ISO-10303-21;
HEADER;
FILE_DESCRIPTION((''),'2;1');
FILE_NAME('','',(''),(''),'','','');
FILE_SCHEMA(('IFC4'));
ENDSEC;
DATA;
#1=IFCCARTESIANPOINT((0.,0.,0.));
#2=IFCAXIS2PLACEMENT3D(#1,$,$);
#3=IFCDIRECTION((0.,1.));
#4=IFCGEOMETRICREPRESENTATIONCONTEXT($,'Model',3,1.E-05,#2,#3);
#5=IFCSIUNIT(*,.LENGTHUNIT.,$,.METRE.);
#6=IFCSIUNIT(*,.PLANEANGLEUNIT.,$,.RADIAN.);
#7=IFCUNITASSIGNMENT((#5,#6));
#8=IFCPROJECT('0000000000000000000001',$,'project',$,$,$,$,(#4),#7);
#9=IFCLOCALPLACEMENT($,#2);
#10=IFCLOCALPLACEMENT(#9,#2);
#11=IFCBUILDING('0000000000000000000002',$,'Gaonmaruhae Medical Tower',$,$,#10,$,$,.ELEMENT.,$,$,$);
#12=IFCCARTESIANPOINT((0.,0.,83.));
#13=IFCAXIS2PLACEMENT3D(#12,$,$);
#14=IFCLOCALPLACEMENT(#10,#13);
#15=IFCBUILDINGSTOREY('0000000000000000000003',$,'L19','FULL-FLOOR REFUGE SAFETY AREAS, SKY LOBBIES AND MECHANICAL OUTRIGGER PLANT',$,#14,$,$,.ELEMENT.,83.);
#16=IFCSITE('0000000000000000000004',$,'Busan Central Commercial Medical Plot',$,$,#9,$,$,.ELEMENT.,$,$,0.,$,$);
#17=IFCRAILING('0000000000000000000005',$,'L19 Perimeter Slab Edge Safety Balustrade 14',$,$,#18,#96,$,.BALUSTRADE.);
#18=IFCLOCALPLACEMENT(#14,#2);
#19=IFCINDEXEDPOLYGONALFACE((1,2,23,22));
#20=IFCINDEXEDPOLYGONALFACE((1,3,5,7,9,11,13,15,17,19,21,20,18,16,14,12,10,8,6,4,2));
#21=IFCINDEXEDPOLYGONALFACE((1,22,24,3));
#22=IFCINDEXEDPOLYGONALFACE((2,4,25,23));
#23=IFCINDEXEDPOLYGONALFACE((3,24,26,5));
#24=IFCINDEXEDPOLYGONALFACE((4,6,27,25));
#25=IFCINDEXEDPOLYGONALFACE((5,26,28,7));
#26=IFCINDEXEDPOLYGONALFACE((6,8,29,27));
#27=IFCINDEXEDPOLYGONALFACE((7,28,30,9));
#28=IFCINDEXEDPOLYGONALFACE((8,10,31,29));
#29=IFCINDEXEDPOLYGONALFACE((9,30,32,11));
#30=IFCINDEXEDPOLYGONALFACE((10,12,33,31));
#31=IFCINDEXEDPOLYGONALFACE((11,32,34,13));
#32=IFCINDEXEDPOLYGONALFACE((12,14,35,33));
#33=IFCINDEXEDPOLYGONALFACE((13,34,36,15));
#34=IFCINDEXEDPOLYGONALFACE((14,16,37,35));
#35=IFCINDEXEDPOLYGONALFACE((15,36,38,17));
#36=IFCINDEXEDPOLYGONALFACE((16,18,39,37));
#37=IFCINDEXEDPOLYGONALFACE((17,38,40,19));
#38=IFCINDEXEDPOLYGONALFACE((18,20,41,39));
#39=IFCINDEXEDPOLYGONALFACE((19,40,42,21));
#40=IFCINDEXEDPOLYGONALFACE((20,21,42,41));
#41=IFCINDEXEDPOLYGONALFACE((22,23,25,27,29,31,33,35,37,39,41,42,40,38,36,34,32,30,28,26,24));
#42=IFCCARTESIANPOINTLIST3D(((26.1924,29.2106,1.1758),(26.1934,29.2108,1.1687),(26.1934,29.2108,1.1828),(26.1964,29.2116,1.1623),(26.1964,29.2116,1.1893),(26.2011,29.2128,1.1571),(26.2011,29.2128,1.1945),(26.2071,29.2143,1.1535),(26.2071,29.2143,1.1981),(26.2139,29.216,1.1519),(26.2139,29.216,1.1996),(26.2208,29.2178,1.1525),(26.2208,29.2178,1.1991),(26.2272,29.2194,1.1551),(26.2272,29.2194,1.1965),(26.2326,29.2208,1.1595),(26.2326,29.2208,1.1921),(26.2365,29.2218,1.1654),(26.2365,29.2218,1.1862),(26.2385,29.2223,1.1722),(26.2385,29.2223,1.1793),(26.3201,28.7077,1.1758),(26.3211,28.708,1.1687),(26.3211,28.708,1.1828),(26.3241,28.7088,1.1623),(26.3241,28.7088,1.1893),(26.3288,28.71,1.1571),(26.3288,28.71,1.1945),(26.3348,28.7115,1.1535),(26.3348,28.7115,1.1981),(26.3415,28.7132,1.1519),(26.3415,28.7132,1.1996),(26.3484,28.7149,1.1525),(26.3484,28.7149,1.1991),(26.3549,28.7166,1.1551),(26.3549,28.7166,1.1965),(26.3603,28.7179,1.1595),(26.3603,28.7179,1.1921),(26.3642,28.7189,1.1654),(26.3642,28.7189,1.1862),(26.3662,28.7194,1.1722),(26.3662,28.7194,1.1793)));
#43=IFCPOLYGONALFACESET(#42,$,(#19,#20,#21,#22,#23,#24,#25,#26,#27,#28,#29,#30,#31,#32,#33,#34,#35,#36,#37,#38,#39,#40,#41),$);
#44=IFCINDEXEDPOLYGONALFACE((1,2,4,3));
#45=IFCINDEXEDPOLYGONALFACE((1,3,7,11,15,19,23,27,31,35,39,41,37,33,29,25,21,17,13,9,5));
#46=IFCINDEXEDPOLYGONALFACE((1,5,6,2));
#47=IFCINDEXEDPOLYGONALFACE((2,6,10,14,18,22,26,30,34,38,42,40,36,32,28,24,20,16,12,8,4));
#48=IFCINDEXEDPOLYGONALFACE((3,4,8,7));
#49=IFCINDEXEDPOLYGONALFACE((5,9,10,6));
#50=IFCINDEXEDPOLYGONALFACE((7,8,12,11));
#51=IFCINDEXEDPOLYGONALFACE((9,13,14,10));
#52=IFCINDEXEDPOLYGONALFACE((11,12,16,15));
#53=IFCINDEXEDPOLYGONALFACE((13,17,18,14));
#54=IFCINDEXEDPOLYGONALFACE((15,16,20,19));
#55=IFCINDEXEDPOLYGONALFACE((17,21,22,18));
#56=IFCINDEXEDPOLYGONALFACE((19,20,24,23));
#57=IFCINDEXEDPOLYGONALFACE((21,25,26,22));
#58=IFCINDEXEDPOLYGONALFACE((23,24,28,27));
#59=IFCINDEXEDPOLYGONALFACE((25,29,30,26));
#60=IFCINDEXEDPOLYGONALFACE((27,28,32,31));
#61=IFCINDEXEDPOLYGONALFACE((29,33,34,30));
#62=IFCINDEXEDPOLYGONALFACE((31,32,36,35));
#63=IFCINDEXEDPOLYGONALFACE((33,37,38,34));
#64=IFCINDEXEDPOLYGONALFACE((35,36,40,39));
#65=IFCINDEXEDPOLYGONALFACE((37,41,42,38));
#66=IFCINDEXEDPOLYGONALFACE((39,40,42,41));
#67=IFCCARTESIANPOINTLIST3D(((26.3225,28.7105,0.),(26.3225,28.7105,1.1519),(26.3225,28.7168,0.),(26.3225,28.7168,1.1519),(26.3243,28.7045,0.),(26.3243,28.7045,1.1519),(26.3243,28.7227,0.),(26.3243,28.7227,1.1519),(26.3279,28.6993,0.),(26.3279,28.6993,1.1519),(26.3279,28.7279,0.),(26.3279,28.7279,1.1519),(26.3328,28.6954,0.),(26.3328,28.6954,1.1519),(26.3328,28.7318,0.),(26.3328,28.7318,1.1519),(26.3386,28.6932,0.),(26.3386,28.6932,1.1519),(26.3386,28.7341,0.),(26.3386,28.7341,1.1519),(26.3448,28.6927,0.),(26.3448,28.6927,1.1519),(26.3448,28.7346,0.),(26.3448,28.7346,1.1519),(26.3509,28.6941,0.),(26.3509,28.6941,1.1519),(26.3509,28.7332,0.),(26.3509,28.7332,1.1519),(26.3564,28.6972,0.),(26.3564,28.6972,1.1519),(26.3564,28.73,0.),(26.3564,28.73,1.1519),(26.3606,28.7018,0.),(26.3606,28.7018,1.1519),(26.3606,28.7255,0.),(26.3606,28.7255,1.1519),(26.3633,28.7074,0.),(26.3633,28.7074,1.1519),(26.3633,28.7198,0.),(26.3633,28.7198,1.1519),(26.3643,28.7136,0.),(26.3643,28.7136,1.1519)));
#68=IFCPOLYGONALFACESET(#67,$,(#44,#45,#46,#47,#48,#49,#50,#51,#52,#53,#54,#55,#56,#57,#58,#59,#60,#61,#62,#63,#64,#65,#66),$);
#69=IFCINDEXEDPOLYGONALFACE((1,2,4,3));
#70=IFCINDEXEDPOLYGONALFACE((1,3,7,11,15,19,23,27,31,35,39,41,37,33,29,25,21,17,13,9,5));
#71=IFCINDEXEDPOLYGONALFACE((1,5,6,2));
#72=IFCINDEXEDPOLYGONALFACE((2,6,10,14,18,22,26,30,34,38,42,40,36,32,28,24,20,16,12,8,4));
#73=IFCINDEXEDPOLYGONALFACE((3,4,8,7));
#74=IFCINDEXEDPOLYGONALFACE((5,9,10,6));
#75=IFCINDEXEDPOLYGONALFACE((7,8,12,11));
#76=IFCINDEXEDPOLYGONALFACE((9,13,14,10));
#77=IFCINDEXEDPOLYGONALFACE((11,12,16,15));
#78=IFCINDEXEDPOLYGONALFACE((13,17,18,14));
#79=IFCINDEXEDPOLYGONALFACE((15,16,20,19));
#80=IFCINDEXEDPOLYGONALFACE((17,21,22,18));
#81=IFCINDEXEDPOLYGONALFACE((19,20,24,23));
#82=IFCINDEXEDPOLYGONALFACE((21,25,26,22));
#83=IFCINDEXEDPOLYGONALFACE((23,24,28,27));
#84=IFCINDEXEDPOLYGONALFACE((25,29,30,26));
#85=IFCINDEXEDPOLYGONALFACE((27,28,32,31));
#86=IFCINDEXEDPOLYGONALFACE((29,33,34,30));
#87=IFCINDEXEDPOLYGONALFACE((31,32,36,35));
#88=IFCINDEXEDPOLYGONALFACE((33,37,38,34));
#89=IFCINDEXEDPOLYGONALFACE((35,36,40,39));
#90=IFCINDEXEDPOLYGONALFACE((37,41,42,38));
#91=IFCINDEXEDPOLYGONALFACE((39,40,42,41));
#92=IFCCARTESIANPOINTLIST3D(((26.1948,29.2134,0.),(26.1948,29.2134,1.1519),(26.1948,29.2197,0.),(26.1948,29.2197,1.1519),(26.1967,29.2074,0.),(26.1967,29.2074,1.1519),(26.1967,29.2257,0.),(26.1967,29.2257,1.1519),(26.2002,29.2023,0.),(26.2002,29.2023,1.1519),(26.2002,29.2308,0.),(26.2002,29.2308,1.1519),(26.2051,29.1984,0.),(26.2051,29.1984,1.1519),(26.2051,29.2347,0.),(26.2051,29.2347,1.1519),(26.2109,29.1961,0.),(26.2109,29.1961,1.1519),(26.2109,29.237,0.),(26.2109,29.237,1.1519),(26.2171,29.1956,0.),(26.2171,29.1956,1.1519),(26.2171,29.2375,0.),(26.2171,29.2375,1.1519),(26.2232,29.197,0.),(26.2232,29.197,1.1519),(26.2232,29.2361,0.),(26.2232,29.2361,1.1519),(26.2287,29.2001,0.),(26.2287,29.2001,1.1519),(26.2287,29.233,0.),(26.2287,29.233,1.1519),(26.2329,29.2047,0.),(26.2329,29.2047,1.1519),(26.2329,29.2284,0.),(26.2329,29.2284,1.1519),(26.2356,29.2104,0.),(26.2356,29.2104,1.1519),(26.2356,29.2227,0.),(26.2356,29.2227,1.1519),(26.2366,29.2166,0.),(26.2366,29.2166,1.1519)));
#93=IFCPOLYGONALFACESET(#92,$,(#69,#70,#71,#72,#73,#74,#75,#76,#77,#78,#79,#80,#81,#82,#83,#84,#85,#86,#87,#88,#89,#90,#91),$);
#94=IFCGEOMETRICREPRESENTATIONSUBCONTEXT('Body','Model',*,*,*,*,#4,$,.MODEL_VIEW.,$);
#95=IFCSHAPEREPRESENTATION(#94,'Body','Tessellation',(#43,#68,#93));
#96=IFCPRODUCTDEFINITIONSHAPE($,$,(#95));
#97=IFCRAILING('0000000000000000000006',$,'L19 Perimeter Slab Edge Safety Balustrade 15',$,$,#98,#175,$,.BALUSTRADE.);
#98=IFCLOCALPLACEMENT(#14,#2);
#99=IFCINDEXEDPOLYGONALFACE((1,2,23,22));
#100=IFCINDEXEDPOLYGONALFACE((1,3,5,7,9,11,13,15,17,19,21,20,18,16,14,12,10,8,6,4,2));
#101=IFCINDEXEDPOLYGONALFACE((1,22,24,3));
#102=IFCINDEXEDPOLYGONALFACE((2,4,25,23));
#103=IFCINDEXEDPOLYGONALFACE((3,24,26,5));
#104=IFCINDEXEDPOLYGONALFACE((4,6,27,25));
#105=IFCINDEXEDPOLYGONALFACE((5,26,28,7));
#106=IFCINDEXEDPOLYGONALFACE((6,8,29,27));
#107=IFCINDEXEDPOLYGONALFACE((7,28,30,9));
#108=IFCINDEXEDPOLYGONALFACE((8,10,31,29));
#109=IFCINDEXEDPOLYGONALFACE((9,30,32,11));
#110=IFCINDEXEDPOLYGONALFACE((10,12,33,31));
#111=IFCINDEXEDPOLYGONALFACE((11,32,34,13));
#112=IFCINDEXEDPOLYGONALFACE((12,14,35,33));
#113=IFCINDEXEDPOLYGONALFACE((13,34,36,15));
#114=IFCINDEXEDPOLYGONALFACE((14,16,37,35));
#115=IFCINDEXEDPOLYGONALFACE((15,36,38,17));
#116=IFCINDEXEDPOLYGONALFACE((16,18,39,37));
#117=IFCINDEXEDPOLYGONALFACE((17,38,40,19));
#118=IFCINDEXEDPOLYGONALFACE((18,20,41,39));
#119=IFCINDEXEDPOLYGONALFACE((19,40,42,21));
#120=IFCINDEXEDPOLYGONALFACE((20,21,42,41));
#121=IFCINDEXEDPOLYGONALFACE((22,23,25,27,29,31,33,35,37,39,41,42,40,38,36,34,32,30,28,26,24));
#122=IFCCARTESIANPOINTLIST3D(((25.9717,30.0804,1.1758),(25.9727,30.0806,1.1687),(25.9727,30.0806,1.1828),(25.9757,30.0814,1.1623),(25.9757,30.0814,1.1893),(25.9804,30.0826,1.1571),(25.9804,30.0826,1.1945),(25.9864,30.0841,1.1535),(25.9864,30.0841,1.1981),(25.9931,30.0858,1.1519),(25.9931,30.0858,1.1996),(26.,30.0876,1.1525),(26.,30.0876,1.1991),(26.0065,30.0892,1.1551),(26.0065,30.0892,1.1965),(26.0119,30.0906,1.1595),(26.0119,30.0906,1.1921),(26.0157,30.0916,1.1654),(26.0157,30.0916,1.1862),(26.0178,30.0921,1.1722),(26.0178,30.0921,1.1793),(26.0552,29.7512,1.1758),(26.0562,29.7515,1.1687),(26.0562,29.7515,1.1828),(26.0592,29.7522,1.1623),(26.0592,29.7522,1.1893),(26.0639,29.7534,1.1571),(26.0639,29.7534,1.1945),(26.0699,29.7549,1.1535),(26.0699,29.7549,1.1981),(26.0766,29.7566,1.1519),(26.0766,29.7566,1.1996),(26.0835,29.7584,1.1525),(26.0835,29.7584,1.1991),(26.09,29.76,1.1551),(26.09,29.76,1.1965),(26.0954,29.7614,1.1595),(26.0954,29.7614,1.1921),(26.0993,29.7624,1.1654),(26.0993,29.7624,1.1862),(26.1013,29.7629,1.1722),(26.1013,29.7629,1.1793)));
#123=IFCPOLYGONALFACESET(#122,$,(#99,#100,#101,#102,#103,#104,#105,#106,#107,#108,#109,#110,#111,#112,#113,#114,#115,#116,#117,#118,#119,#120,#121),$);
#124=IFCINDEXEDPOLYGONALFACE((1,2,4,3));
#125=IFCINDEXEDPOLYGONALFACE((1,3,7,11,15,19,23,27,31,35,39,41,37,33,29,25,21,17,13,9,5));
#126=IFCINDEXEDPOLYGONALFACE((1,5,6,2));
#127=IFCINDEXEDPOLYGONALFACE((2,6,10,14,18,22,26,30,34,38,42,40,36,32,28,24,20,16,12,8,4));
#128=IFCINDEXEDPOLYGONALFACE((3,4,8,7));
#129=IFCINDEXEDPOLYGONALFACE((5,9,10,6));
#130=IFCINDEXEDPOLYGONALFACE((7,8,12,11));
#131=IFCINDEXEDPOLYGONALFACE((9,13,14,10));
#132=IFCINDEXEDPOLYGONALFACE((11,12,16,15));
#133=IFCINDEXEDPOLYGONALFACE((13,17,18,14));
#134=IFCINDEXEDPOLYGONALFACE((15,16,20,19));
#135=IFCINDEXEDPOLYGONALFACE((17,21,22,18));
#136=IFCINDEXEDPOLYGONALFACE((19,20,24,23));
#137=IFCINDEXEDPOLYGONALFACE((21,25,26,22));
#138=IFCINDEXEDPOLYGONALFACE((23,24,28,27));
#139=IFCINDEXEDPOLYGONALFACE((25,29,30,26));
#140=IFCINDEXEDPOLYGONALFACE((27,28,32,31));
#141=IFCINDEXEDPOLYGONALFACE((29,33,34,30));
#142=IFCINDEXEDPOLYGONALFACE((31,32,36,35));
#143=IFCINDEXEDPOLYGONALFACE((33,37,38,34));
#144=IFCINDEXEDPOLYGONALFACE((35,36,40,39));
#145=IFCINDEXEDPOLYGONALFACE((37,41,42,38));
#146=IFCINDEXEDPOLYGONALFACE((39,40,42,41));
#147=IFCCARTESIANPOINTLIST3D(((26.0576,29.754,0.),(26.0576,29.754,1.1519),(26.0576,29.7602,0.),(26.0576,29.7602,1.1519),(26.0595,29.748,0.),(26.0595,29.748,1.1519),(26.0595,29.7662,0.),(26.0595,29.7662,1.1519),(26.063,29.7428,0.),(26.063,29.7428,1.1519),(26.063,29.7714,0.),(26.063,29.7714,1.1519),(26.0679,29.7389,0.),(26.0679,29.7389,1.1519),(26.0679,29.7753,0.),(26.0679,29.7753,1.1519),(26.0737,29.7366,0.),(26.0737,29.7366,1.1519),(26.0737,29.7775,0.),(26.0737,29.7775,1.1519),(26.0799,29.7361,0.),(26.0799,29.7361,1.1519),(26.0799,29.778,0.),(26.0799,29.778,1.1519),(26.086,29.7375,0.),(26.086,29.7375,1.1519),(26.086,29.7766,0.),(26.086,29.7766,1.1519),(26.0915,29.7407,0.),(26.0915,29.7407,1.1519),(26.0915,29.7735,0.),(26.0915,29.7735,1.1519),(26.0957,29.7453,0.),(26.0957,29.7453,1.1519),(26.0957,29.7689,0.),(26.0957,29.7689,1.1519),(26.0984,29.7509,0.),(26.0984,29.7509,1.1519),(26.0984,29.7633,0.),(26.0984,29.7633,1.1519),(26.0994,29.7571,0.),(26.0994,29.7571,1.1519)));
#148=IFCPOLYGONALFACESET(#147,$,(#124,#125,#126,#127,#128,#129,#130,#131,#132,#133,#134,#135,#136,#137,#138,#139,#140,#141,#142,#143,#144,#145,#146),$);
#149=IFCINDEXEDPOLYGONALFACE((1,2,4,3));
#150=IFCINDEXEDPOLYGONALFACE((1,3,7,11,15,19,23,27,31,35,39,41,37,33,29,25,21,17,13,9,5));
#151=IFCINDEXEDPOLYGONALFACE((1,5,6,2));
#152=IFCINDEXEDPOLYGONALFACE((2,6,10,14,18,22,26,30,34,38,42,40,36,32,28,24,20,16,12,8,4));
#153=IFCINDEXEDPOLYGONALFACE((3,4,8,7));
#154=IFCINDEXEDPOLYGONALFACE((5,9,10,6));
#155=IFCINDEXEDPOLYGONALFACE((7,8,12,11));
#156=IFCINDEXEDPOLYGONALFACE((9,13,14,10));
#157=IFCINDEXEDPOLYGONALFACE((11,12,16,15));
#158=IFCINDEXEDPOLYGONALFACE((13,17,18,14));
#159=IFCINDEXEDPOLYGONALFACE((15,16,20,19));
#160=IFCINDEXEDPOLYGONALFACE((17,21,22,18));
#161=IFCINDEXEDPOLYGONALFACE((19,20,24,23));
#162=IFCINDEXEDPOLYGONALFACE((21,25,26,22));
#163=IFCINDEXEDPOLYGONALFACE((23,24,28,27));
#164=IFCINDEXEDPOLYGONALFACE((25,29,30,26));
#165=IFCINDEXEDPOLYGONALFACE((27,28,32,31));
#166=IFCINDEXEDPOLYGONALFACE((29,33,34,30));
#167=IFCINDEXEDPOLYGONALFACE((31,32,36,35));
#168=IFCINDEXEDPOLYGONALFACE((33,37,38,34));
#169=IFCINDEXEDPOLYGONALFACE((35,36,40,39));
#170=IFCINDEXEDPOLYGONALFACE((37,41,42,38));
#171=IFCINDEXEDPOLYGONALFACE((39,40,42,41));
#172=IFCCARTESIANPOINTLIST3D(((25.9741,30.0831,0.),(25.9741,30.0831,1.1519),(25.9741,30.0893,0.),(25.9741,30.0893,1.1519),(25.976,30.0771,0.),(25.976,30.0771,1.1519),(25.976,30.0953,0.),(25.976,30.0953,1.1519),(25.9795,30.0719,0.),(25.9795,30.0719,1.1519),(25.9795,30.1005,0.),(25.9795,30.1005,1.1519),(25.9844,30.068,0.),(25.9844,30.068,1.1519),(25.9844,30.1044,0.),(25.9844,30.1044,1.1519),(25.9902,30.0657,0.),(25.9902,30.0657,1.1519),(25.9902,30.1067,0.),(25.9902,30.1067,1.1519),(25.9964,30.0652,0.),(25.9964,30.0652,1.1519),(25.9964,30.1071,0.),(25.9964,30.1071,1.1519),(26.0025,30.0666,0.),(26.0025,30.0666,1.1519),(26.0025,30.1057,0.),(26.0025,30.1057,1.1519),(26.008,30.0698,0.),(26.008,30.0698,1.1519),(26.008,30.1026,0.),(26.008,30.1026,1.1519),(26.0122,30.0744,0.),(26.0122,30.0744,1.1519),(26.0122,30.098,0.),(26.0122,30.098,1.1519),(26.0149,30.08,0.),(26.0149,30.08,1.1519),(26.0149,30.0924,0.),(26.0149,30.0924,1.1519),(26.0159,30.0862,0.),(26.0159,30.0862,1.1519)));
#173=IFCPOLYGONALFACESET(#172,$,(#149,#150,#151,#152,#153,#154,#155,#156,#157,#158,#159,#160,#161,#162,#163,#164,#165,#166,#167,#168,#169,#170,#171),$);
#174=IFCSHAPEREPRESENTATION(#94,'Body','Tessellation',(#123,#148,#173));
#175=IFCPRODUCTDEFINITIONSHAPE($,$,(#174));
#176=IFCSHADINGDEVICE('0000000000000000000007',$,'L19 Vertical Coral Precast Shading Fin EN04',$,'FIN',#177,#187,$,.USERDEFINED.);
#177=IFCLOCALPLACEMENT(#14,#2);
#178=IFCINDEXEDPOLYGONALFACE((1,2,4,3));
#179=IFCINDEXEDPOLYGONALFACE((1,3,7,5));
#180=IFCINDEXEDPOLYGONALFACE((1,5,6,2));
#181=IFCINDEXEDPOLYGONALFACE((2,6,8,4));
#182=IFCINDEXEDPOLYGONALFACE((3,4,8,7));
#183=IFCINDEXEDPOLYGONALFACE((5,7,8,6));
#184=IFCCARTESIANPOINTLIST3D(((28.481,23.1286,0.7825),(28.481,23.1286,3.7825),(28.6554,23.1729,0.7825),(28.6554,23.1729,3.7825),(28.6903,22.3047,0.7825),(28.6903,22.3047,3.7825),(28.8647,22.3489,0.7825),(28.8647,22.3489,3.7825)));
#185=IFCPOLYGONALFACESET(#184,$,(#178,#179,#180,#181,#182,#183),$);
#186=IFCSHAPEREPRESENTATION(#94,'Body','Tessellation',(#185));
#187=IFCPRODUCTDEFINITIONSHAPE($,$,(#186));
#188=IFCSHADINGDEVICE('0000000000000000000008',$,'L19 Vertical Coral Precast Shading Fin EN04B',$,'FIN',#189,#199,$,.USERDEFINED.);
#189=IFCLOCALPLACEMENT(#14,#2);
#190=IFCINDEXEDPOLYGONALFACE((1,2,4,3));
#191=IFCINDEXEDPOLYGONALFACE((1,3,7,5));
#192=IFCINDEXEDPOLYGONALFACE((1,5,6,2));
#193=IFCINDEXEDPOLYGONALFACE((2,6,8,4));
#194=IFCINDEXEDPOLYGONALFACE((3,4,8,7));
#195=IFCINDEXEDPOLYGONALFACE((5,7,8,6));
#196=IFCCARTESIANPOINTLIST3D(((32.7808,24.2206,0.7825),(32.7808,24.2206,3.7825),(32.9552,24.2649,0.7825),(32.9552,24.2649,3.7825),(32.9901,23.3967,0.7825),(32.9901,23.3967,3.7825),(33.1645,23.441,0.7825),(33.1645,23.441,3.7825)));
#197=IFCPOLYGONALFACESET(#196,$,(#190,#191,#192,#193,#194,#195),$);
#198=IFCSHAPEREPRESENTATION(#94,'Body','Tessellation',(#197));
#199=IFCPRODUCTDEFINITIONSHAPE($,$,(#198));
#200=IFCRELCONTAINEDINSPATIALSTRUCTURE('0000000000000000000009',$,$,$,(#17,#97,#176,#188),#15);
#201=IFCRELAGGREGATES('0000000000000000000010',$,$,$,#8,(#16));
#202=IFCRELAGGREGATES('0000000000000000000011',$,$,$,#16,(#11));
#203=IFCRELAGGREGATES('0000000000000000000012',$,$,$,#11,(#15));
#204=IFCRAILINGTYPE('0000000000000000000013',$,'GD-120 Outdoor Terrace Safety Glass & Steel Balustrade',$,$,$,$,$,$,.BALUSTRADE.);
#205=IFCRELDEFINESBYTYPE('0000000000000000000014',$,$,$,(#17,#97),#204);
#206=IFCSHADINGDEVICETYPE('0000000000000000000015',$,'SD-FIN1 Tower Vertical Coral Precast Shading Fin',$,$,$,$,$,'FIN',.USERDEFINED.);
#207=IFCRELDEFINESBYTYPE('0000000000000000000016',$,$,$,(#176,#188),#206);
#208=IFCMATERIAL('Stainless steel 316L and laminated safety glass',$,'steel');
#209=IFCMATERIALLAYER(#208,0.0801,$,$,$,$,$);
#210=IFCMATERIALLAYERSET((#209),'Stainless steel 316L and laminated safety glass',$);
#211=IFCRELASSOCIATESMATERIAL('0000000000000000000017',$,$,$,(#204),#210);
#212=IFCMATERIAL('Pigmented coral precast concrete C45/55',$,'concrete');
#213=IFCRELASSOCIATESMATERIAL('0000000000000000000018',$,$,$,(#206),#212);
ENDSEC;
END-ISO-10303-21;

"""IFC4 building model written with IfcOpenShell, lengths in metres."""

from ifc_helpers import new_model, si_unit, direction, frame, origin, origin_2d, place, context, subcontext, project, spatial, rectangle, circle, extrude, material, layer, layer_set, type_object, element, save


model = new_model("IFC4")

# Units and contexts
model_context = context("Model", 3, precision=1e-05, world=origin(), true_north=direction((0.0, 1.0)))
body_context = subcontext(model_context, "Body", "Model", "MODEL_VIEW")
ifc_project = project(units=[si_unit("LENGTHUNIT", "METRE"), si_unit("PLANEANGLEUNIT", "RADIAN")], contexts=[model_context])

# Site, building, storey
site_placement = place(None, origin())
site = spatial("IfcSite", under=ifc_project, at=site_placement, Name="Busan Central Commercial Medical Plot", CompositionType="ELEMENT", RefElevation=0.0)
building_placement = place(site_placement, origin())
building = spatial("IfcBuilding", under=site, at=building_placement, Name="Gaonmaruhae Medical Tower", CompositionType="ELEMENT")
storey_placement = place(building_placement, frame((0.0, 0.0, 83.0)))
storey = spatial("IfcBuildingStorey", under=building, at=storey_placement, Name="L19", Description="FULL-FLOOR REFUGE SAFETY AREAS, SKY LOBBIES AND MECHANICAL OUTRIGGER PLANT", CompositionType="ELEMENT", Elevation=83.0)

# Railings
ifc_material_1 = material(Name="Stainless steel 316L and laminated safety glass", Category="steel")
ifc_layer_1 = layer(ifc_material_1, 0.0801)
ifc_layer_set_1 = layer_set([ifc_layer_1], Name="Stainless steel 316L and laminated safety glass")
railing_type = type_object("IfcRailingType", Name="GD-120 Outdoor Terrace Safety Glass & Steel Balustrade", PredefinedType="BALUSTRADE", material=ifc_layer_set_1)
railing_1_placement = place(storey_placement, frame((26.3433, 28.7136, 0.0)))
element("IfcRailing", 1, at=railing_1_placement, inside=storey, type_object=railing_type, Name="L19 Perimeter Slab Edge Safety Balustrade 14", PredefinedType="BALUSTRADE", context=body_context, shape_type="SweptSolid", body=[
    extrude(circle(Radius=0.0239, at=origin_2d()), frame((0.0, 0.0, 1.1758), z_axis=(-0.246077, 0.96925, 0.0), x_axis=(-0.96925, -0.246077, 0.0)), (0.0, 0.0, 1.0), 0.5188),
    extrude(circle(Radius=0.021, at=origin_2d()), origin(), (0.0, 0.0, 1.0), 1.1519),
    extrude(circle(Radius=0.021, at=origin_2d()), frame((-0.1277, 0.5029, 0.0)), (0.0, 0.0, 1.0), 1.1519),
])
railing_2_placement = place(storey_placement, frame((26.0784, 29.7571, 0.0)))
element("IfcRailing", 2, at=railing_2_placement, inside=storey, type_object=railing_type, Name="L19 Perimeter Slab Edge Safety Balustrade 15", PredefinedType="BALUSTRADE", context=body_context, shape_type="SweptSolid", body=[
    extrude(circle(Radius=0.0239, at=origin_2d()), frame((0.0, 0.0, 1.1758), z_axis=(-0.245918, 0.969291, 0.0), x_axis=(-0.969291, -0.245918, 0.0)), (0.0, 0.0, 1.0), 0.3396),
    extrude(circle(Radius=0.021, at=origin_2d()), origin(), (0.0, 0.0, 1.0), 1.1519),
    extrude(circle(Radius=0.021, at=origin_2d()), frame((-0.0835, 0.3291, 0.0)), (0.0, 0.0, 1.0), 1.1519),
])

# Shading devices
ifc_material_2 = material(Name="Pigmented coral precast concrete C45/55", Category="concrete")
shading_device_type = type_object("IfcShadingDeviceType", Name="SD-FIN1 Tower Vertical Coral Precast Shading Fin", ElementType="FIN", PredefinedType="USERDEFINED", material=ifc_material_2)
for number, where, z_axis, x_axis, name in (
    (3, (28.6729, 22.7388, 0.7825), (0.0, 0.0, 1.0), (0.969231, 0.246153, 0.0), "L19 Vertical Coral Precast Shading Fin EN04"),
    (4, (32.9727, 23.8308, 0.7825), (0.0, 0.0, 1.0), (0.969231, 0.246153, 0.0), "L19 Vertical Coral Precast Shading Fin EN04B"),
):
    element("IfcShadingDevice", number, at=place(storey_placement, frame(where, z_axis=z_axis, x_axis=x_axis)), inside=storey, type_object=shading_device_type, Name=name, ObjectType="FIN", PredefinedType="USERDEFINED", context=body_context, shape_type="SweptSolid", body=[
        extrude(rectangle(XDim=0.1799, YDim=0.8501, at=origin_2d()), origin(), (0.0, 0.0, 1.0), 3.0),
    ])

save(model, "model.ifc")
